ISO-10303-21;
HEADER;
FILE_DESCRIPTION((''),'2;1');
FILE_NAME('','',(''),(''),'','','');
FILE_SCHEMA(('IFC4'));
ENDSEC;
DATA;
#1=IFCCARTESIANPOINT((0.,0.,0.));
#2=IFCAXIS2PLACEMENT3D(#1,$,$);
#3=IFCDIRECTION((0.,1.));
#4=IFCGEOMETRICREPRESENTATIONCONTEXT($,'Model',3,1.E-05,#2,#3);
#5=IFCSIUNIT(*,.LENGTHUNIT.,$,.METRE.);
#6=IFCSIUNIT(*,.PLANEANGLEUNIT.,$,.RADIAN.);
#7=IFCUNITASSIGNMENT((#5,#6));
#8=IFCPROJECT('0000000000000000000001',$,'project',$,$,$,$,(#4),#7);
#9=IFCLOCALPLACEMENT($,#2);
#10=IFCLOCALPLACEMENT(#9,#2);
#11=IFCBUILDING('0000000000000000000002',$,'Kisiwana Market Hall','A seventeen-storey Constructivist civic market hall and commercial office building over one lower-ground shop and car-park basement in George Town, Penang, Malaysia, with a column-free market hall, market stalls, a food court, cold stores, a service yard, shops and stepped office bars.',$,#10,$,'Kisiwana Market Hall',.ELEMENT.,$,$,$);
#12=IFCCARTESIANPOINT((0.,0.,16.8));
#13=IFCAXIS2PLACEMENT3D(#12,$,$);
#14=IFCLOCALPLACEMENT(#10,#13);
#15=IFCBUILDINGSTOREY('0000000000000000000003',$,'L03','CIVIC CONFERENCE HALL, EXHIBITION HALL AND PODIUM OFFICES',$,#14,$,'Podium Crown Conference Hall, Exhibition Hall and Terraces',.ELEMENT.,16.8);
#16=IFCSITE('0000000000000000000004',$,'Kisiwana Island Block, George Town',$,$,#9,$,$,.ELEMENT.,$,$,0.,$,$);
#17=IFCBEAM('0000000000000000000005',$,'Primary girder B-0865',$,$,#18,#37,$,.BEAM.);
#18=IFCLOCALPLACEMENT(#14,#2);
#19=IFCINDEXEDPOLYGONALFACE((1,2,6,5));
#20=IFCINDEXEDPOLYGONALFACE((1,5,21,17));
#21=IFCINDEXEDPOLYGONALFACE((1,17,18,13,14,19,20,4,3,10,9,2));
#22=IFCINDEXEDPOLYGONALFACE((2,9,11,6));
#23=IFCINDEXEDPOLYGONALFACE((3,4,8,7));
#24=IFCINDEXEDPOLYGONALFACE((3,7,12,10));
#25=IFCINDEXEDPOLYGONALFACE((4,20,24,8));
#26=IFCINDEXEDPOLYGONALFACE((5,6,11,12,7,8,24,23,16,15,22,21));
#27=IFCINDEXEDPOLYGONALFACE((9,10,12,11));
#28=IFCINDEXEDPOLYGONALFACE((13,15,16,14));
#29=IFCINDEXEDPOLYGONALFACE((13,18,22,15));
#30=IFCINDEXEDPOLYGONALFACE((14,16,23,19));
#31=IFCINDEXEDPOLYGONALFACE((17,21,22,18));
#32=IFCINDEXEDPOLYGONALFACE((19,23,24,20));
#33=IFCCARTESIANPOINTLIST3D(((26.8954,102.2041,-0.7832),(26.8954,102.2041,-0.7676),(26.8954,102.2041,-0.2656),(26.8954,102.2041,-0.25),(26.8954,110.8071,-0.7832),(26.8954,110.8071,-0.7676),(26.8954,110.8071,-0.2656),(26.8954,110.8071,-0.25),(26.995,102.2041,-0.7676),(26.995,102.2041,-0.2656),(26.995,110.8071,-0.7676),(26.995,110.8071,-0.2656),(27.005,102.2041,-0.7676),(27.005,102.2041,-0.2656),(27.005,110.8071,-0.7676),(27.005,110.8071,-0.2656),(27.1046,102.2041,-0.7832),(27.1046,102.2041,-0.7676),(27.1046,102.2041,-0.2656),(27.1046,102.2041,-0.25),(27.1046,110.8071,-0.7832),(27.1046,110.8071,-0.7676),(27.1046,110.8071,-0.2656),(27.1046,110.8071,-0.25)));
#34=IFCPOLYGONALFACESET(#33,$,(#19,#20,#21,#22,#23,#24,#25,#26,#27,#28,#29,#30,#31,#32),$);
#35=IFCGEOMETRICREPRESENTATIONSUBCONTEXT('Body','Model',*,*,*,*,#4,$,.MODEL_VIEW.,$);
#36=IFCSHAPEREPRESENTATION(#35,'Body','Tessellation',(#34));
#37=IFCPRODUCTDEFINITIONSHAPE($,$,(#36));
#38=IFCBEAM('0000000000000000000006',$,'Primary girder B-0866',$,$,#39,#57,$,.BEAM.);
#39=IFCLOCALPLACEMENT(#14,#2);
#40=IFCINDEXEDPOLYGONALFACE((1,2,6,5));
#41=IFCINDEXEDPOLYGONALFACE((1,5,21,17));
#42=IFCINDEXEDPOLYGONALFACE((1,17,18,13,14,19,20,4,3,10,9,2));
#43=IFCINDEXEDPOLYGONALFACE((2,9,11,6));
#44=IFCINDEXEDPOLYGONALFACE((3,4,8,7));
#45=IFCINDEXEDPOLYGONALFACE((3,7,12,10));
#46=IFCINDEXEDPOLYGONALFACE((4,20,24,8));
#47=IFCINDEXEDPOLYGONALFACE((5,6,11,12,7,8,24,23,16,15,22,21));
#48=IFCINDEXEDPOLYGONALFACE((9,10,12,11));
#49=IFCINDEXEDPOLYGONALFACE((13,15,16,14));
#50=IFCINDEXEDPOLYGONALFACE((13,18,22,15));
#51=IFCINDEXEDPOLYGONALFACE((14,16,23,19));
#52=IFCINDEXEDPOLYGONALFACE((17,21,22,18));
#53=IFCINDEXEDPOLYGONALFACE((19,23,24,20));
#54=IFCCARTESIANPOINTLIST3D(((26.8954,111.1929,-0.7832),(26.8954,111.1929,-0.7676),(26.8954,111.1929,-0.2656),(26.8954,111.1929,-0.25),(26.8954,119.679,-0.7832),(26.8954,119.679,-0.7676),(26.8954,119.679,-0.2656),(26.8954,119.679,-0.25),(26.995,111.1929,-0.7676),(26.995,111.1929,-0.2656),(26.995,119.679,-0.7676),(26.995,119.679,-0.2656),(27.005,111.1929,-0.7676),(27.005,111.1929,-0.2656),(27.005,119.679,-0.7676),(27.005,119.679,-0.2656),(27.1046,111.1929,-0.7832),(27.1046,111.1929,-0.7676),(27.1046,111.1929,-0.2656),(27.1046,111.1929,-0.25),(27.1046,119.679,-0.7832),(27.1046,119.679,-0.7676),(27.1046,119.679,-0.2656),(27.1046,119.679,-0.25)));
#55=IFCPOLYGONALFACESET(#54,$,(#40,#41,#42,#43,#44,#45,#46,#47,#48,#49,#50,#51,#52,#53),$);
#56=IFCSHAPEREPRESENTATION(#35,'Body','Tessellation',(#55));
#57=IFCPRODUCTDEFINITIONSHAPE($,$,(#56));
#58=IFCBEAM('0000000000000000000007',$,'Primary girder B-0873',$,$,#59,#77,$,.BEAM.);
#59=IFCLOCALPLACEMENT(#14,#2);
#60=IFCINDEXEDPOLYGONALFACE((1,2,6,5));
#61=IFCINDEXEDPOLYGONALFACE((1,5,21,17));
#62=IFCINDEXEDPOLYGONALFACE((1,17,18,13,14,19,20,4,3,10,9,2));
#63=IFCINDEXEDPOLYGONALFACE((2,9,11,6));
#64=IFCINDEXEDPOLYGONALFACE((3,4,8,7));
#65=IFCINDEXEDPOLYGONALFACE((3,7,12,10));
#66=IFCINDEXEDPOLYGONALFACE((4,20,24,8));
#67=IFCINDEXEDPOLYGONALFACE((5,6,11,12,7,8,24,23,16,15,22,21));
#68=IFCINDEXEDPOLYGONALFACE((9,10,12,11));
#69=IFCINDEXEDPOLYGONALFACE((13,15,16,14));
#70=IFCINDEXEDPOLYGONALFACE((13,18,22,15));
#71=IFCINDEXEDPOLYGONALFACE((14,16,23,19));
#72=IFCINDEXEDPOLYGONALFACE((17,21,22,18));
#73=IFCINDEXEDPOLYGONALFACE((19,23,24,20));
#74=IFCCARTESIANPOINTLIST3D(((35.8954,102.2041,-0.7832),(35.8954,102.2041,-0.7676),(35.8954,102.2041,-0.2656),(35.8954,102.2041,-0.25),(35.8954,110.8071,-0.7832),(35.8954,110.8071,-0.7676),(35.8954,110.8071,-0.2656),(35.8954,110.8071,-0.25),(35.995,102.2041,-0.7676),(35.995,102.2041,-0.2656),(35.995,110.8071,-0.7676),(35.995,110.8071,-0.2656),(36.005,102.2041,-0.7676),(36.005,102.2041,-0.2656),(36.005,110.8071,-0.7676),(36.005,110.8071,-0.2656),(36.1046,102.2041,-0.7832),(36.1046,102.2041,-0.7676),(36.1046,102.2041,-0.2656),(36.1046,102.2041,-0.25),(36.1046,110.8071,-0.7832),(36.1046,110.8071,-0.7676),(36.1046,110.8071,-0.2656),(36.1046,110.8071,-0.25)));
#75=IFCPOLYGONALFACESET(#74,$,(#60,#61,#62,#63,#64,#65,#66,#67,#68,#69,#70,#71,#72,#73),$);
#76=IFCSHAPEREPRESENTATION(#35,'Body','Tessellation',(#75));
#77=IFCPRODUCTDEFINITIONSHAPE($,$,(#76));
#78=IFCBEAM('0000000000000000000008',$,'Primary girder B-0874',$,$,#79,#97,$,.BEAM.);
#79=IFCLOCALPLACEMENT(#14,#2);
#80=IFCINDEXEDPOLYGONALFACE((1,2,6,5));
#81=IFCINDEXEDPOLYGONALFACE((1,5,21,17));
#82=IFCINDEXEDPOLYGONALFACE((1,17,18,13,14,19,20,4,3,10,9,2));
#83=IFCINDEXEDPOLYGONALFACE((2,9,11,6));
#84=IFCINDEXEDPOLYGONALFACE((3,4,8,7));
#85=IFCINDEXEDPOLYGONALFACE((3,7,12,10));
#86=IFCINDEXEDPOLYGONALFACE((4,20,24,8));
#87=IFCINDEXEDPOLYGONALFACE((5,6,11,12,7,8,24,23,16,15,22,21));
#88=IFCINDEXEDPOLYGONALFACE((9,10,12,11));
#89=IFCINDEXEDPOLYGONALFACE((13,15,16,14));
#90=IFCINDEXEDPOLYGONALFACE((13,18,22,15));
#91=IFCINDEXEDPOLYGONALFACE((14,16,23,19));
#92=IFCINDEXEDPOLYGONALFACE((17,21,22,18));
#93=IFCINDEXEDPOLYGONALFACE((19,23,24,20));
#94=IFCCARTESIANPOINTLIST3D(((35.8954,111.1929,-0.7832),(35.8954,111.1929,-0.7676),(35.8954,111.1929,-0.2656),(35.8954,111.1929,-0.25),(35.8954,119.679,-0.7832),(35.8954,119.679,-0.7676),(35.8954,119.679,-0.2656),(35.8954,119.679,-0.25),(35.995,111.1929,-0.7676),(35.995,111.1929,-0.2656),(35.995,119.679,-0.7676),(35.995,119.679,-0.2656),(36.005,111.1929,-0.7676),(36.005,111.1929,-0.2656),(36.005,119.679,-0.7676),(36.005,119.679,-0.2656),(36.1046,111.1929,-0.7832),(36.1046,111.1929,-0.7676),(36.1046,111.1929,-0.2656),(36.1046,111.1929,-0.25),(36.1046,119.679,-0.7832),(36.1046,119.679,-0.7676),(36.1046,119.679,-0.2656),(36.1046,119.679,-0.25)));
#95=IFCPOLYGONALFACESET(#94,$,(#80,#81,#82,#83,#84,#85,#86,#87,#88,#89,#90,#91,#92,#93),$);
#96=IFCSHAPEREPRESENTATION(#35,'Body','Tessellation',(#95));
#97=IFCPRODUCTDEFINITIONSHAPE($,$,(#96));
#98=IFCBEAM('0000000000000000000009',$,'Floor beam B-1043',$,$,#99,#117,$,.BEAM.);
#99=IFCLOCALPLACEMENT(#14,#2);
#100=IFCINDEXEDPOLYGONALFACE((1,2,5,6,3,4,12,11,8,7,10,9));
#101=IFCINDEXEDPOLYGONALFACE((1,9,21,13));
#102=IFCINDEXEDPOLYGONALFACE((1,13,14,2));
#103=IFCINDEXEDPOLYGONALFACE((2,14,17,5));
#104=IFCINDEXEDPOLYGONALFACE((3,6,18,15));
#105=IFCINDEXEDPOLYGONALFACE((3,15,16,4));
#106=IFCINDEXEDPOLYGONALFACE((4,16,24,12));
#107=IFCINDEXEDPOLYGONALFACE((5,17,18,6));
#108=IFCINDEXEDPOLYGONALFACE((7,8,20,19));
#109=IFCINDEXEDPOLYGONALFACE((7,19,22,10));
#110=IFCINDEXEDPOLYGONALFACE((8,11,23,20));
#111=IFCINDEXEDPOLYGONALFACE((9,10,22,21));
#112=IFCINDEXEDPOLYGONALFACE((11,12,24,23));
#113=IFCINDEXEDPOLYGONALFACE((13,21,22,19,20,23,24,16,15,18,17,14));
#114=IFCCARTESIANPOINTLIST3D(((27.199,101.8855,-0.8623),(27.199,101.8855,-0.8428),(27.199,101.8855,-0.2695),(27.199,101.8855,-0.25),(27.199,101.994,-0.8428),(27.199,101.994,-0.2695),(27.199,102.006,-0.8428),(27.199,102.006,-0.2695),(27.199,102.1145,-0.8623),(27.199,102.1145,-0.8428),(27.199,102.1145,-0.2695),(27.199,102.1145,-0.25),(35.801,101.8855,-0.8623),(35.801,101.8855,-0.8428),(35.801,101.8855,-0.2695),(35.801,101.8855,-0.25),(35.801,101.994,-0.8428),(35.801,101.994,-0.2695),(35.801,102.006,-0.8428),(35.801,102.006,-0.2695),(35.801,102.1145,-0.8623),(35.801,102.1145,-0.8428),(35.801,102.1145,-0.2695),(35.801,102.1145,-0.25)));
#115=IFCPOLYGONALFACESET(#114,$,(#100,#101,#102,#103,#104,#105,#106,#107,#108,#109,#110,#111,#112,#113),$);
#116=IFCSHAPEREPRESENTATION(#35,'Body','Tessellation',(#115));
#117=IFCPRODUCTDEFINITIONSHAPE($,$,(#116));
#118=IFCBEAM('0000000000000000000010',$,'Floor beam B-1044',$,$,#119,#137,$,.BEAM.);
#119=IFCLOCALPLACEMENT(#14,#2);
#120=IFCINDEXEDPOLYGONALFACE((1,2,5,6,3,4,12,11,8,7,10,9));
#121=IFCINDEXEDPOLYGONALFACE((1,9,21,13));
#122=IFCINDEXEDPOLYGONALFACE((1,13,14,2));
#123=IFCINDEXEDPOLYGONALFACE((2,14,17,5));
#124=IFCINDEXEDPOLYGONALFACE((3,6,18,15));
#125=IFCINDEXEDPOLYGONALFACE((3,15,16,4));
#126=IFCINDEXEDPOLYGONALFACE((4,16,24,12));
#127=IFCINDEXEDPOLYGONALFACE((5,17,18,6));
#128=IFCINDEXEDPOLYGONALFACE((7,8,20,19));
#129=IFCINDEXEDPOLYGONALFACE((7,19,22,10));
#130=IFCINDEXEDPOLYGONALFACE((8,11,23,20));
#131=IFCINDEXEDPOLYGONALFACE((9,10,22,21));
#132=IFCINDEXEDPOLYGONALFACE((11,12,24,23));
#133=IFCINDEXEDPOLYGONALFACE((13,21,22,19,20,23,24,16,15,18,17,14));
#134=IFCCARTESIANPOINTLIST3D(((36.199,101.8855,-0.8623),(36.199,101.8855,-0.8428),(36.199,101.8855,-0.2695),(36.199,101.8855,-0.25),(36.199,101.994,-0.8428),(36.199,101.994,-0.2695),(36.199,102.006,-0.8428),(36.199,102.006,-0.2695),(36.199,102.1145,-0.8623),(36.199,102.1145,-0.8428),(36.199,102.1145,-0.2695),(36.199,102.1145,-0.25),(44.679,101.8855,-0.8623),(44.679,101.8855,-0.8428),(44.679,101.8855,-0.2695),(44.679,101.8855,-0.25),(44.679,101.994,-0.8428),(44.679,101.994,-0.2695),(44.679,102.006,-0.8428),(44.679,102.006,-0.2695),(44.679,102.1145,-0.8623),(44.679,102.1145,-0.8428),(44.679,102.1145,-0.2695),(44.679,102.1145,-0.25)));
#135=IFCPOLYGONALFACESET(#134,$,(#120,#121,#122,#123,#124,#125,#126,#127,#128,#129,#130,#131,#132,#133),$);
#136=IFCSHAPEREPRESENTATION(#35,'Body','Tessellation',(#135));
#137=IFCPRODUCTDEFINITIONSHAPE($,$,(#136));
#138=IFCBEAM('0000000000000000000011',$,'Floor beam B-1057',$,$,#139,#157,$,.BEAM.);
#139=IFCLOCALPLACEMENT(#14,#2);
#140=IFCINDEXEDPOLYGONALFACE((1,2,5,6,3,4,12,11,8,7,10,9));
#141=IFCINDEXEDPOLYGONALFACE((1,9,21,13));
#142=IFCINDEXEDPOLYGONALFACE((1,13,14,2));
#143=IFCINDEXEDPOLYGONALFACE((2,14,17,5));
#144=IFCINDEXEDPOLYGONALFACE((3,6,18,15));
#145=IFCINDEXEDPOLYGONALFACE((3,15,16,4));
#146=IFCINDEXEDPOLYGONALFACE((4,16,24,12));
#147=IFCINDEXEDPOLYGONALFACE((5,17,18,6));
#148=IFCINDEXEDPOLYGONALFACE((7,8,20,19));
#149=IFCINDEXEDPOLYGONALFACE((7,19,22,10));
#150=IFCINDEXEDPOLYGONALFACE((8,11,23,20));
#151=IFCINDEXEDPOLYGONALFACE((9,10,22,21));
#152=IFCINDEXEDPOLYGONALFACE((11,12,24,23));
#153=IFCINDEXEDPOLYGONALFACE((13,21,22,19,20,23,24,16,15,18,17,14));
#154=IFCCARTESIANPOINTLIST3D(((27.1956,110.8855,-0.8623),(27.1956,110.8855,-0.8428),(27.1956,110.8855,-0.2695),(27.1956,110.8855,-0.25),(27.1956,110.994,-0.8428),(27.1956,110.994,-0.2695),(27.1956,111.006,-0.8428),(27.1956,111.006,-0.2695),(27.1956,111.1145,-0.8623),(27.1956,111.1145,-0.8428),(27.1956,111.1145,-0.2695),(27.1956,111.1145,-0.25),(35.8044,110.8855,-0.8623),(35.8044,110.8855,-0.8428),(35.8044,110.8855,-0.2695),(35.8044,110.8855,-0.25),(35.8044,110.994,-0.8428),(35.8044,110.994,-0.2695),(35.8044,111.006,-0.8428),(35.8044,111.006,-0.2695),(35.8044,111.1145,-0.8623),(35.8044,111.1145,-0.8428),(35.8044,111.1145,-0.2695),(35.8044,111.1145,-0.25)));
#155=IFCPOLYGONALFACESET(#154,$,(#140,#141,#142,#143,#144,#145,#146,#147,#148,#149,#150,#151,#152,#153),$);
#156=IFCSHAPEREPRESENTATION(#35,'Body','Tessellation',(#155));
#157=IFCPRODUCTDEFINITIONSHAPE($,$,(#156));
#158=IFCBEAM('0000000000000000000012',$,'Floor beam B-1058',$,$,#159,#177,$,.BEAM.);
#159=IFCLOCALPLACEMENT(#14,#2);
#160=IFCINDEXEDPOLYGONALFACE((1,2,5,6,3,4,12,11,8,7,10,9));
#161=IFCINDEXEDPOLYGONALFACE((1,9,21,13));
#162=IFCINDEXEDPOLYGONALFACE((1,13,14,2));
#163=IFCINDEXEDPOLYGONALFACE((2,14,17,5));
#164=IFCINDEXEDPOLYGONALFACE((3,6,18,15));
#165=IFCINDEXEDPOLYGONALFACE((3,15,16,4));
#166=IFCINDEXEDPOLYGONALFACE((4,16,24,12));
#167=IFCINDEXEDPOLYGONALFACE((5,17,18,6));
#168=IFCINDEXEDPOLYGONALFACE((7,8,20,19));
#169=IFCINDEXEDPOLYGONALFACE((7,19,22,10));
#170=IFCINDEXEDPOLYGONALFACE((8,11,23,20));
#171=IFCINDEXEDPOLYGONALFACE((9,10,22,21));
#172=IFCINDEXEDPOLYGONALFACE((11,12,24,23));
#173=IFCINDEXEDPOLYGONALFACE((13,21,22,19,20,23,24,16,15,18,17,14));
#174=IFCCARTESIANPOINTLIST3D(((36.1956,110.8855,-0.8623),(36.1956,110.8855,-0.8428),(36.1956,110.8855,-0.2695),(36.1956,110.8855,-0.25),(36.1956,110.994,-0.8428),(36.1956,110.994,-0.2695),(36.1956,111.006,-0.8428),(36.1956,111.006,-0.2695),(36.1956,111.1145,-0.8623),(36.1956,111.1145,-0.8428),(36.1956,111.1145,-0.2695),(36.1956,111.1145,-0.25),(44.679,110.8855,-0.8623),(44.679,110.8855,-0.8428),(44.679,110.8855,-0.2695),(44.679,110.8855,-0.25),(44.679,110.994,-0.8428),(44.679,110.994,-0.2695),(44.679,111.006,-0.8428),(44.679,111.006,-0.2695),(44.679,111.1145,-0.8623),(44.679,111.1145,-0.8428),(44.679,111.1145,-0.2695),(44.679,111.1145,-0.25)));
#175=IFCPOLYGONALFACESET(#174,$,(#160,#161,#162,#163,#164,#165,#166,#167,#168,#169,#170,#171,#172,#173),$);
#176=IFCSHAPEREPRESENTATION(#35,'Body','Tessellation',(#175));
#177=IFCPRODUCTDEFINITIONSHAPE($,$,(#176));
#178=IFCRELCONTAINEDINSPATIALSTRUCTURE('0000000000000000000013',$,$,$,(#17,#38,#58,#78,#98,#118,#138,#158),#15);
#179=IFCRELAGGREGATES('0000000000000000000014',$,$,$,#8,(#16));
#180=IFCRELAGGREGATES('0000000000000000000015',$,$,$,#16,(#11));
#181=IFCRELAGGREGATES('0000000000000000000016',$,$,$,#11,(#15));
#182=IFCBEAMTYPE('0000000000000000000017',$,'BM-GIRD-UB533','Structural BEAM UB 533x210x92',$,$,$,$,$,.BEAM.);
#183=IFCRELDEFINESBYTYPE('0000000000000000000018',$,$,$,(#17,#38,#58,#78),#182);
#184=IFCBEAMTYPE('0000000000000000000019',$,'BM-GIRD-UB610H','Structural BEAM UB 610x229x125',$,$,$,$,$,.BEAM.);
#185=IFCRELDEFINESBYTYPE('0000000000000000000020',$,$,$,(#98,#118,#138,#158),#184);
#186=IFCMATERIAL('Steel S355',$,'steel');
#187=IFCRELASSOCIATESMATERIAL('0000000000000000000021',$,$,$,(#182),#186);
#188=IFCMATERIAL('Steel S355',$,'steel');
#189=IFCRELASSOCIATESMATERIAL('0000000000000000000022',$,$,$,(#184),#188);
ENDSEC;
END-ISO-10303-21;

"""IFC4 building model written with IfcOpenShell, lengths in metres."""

from ifc_helpers import new_model, si_unit, direction, frame, origin, origin_2d, place, context, subcontext, project, spatial, i_section, extrude, material, material_profile, profile_set, type_object, element, save


model = new_model("IFC4")

# Units and contexts
model_context = context("Model", 3, precision=1e-05, world=origin(), true_north=direction((0.0, 1.0)))
body_context = subcontext(model_context, "Body", "Model", "MODEL_VIEW")
ifc_project = project(units=[si_unit("LENGTHUNIT", "METRE"), si_unit("PLANEANGLEUNIT", "RADIAN")], contexts=[model_context])

# Site, building, storey
site_placement = place(None, origin())
site = spatial("IfcSite", under=ifc_project, at=site_placement, Name="Kisiwana Island Block, George Town", CompositionType="ELEMENT", RefElevation=0.0)
building_placement = place(site_placement, origin())
building = spatial("IfcBuilding", under=site, at=building_placement, Name="Kisiwana Market Hall", Description="A seventeen-storey Constructivist civic market hall and commercial office building over one lower-ground shop and car-park basement in George Town, Penang, Malaysia, with a column-free market hall, market stalls, a food court, cold stores, a service yard, shops and stepped office bars.", LongName="Kisiwana Market Hall", CompositionType="ELEMENT")
storey_placement = place(building_placement, frame((0.0, 0.0, 16.8)))
storey = spatial("IfcBuildingStorey", under=building, at=storey_placement, Name="L03", Description="CIVIC CONFERENCE HALL, EXHIBITION HALL AND PODIUM OFFICES", LongName="Podium Crown Conference Hall, Exhibition Hall and Terraces", CompositionType="ELEMENT", Elevation=16.8)

# Beams
ifc_material_1 = material(Name="Steel S355", Category="steel")
ifc_material_profile_1 = material_profile(ifc_material_1, i_section(OverallWidth=0.2092, OverallDepth=0.5332, WebThickness=0.01, FlangeThickness=0.0156, at=origin_2d()), Name="UB 533x210x92")
ifc_profile_set_1 = profile_set([ifc_material_profile_1], Name="Steel S355")
beam_type_1 = type_object("IfcBeamType", Name="BM-GIRD-UB533", Description="Structural BEAM UB 533x210x92", PredefinedType="BEAM", material=ifc_profile_set_1)
beam_1_placement = place(storey_placement, frame((27.0, 102.2041, -0.5166), z_axis=(0.0, 1.0, 0.0), x_axis=(-1.0, 0.0, 0.0)))
element("IfcBeam", 1, at=beam_1_placement, inside=storey, type_object=beam_type_1, Name="Primary girder B-0865", PredefinedType="BEAM", context=body_context, shape_type="SweptSolid", body=[
    extrude(i_section(OverallWidth=0.2092, OverallDepth=0.5332, WebThickness=0.01, FlangeThickness=0.0156, at=origin_2d()), origin(), (0.0, 0.0, 1.0), 8.603),
])
beam_2_placement = place(storey_placement, frame((27.0, 111.1929, -0.5166), z_axis=(0.0, 1.0, 0.0), x_axis=(-1.0, 0.0, 0.0)))
element("IfcBeam", 2, at=beam_2_placement, inside=storey, type_object=beam_type_1, Name="Primary girder B-0866", PredefinedType="BEAM", context=body_context, shape_type="SweptSolid", body=[
    extrude(i_section(OverallWidth=0.2092, OverallDepth=0.5332, WebThickness=0.01, FlangeThickness=0.0156, at=origin_2d()), origin(), (0.0, 0.0, 1.0), 8.4861),
])
beam_3_placement = place(storey_placement, frame((36.0, 102.2041, -0.5166), z_axis=(0.0, 1.0, 0.0), x_axis=(-1.0, 0.0, 0.0)))
element("IfcBeam", 3, at=beam_3_placement, inside=storey, type_object=beam_type_1, Name="Primary girder B-0873", PredefinedType="BEAM", context=body_context, shape_type="SweptSolid", body=[
    extrude(i_section(OverallWidth=0.2092, OverallDepth=0.5332, WebThickness=0.01, FlangeThickness=0.0156, at=origin_2d()), origin(), (0.0, 0.0, 1.0), 8.603),
])
beam_4_placement = place(storey_placement, frame((36.0, 111.1929, -0.5166), z_axis=(0.0, 1.0, 0.0), x_axis=(-1.0, 0.0, 0.0)))
element("IfcBeam", 4, at=beam_4_placement, inside=storey, type_object=beam_type_1, Name="Primary girder B-0874", PredefinedType="BEAM", context=body_context, shape_type="SweptSolid", body=[
    extrude(i_section(OverallWidth=0.2092, OverallDepth=0.5332, WebThickness=0.01, FlangeThickness=0.0156, at=origin_2d()), origin(), (0.0, 0.0, 1.0), 8.4861),
])
ifc_material_2 = material(Name="Steel S355", Category="steel")
ifc_material_profile_2 = material_profile(ifc_material_2, i_section(OverallWidth=0.229, OverallDepth=0.6123, WebThickness=0.012, FlangeThickness=0.0195, at=origin_2d()), Name="UB 610x229x125")
ifc_profile_set_2 = profile_set([ifc_material_profile_2], Name="Steel S355")
beam_type_2 = type_object("IfcBeamType", Name="BM-GIRD-UB610H", Description="Structural BEAM UB 610x229x125", PredefinedType="BEAM", material=ifc_profile_set_2)
beam_5_placement = place(storey_placement, frame((27.199, 102.0, -0.5562), z_axis=(1.0, 0.0, 0.0), x_axis=(0.0, 1.0, 0.0)))
element("IfcBeam", 5, at=beam_5_placement, inside=storey, type_object=beam_type_2, Name="Floor beam B-1043", PredefinedType="BEAM", context=body_context, shape_type="SweptSolid", body=[
    extrude(i_section(OverallWidth=0.229, OverallDepth=0.6123, WebThickness=0.012, FlangeThickness=0.0195, at=origin_2d()), origin(), (0.0, 0.0, 1.0), 8.6021),
])
beam_6_placement = place(storey_placement, frame((36.199, 102.0, -0.5562), z_axis=(1.0, 0.0, 0.0), x_axis=(0.0, 1.0, 0.0)))
element("IfcBeam", 6, at=beam_6_placement, inside=storey, type_object=beam_type_2, Name="Floor beam B-1044", PredefinedType="BEAM", context=body_context, shape_type="SweptSolid", body=[
    extrude(i_section(OverallWidth=0.229, OverallDepth=0.6123, WebThickness=0.012, FlangeThickness=0.0195, at=origin_2d()), origin(), (0.0, 0.0, 1.0), 8.48),
])
beam_7_placement = place(storey_placement, frame((27.1956, 111.0, -0.5562), z_axis=(1.0, 0.0, 0.0), x_axis=(0.0, 1.0, 0.0)))
element("IfcBeam", 7, at=beam_7_placement, inside=storey, type_object=beam_type_2, Name="Floor beam B-1057", PredefinedType="BEAM", context=body_context, shape_type="SweptSolid", body=[
    extrude(i_section(OverallWidth=0.229, OverallDepth=0.6123, WebThickness=0.012, FlangeThickness=0.0195, at=origin_2d()), origin(), (0.0, 0.0, 1.0), 8.6089),
])
beam_8_placement = place(storey_placement, frame((36.1956, 111.0, -0.5562), z_axis=(1.0, 0.0, 0.0), x_axis=(0.0, 1.0, 0.0)))
element("IfcBeam", 8, at=beam_8_placement, inside=storey, type_object=beam_type_2, Name="Floor beam B-1058", PredefinedType="BEAM", context=body_context, shape_type="SweptSolid", body=[
    extrude(i_section(OverallWidth=0.229, OverallDepth=0.6123, WebThickness=0.012, FlangeThickness=0.0195, at=origin_2d()), origin(), (0.0, 0.0, 1.0), 8.4834),
])

save(model, "model.ifc")
